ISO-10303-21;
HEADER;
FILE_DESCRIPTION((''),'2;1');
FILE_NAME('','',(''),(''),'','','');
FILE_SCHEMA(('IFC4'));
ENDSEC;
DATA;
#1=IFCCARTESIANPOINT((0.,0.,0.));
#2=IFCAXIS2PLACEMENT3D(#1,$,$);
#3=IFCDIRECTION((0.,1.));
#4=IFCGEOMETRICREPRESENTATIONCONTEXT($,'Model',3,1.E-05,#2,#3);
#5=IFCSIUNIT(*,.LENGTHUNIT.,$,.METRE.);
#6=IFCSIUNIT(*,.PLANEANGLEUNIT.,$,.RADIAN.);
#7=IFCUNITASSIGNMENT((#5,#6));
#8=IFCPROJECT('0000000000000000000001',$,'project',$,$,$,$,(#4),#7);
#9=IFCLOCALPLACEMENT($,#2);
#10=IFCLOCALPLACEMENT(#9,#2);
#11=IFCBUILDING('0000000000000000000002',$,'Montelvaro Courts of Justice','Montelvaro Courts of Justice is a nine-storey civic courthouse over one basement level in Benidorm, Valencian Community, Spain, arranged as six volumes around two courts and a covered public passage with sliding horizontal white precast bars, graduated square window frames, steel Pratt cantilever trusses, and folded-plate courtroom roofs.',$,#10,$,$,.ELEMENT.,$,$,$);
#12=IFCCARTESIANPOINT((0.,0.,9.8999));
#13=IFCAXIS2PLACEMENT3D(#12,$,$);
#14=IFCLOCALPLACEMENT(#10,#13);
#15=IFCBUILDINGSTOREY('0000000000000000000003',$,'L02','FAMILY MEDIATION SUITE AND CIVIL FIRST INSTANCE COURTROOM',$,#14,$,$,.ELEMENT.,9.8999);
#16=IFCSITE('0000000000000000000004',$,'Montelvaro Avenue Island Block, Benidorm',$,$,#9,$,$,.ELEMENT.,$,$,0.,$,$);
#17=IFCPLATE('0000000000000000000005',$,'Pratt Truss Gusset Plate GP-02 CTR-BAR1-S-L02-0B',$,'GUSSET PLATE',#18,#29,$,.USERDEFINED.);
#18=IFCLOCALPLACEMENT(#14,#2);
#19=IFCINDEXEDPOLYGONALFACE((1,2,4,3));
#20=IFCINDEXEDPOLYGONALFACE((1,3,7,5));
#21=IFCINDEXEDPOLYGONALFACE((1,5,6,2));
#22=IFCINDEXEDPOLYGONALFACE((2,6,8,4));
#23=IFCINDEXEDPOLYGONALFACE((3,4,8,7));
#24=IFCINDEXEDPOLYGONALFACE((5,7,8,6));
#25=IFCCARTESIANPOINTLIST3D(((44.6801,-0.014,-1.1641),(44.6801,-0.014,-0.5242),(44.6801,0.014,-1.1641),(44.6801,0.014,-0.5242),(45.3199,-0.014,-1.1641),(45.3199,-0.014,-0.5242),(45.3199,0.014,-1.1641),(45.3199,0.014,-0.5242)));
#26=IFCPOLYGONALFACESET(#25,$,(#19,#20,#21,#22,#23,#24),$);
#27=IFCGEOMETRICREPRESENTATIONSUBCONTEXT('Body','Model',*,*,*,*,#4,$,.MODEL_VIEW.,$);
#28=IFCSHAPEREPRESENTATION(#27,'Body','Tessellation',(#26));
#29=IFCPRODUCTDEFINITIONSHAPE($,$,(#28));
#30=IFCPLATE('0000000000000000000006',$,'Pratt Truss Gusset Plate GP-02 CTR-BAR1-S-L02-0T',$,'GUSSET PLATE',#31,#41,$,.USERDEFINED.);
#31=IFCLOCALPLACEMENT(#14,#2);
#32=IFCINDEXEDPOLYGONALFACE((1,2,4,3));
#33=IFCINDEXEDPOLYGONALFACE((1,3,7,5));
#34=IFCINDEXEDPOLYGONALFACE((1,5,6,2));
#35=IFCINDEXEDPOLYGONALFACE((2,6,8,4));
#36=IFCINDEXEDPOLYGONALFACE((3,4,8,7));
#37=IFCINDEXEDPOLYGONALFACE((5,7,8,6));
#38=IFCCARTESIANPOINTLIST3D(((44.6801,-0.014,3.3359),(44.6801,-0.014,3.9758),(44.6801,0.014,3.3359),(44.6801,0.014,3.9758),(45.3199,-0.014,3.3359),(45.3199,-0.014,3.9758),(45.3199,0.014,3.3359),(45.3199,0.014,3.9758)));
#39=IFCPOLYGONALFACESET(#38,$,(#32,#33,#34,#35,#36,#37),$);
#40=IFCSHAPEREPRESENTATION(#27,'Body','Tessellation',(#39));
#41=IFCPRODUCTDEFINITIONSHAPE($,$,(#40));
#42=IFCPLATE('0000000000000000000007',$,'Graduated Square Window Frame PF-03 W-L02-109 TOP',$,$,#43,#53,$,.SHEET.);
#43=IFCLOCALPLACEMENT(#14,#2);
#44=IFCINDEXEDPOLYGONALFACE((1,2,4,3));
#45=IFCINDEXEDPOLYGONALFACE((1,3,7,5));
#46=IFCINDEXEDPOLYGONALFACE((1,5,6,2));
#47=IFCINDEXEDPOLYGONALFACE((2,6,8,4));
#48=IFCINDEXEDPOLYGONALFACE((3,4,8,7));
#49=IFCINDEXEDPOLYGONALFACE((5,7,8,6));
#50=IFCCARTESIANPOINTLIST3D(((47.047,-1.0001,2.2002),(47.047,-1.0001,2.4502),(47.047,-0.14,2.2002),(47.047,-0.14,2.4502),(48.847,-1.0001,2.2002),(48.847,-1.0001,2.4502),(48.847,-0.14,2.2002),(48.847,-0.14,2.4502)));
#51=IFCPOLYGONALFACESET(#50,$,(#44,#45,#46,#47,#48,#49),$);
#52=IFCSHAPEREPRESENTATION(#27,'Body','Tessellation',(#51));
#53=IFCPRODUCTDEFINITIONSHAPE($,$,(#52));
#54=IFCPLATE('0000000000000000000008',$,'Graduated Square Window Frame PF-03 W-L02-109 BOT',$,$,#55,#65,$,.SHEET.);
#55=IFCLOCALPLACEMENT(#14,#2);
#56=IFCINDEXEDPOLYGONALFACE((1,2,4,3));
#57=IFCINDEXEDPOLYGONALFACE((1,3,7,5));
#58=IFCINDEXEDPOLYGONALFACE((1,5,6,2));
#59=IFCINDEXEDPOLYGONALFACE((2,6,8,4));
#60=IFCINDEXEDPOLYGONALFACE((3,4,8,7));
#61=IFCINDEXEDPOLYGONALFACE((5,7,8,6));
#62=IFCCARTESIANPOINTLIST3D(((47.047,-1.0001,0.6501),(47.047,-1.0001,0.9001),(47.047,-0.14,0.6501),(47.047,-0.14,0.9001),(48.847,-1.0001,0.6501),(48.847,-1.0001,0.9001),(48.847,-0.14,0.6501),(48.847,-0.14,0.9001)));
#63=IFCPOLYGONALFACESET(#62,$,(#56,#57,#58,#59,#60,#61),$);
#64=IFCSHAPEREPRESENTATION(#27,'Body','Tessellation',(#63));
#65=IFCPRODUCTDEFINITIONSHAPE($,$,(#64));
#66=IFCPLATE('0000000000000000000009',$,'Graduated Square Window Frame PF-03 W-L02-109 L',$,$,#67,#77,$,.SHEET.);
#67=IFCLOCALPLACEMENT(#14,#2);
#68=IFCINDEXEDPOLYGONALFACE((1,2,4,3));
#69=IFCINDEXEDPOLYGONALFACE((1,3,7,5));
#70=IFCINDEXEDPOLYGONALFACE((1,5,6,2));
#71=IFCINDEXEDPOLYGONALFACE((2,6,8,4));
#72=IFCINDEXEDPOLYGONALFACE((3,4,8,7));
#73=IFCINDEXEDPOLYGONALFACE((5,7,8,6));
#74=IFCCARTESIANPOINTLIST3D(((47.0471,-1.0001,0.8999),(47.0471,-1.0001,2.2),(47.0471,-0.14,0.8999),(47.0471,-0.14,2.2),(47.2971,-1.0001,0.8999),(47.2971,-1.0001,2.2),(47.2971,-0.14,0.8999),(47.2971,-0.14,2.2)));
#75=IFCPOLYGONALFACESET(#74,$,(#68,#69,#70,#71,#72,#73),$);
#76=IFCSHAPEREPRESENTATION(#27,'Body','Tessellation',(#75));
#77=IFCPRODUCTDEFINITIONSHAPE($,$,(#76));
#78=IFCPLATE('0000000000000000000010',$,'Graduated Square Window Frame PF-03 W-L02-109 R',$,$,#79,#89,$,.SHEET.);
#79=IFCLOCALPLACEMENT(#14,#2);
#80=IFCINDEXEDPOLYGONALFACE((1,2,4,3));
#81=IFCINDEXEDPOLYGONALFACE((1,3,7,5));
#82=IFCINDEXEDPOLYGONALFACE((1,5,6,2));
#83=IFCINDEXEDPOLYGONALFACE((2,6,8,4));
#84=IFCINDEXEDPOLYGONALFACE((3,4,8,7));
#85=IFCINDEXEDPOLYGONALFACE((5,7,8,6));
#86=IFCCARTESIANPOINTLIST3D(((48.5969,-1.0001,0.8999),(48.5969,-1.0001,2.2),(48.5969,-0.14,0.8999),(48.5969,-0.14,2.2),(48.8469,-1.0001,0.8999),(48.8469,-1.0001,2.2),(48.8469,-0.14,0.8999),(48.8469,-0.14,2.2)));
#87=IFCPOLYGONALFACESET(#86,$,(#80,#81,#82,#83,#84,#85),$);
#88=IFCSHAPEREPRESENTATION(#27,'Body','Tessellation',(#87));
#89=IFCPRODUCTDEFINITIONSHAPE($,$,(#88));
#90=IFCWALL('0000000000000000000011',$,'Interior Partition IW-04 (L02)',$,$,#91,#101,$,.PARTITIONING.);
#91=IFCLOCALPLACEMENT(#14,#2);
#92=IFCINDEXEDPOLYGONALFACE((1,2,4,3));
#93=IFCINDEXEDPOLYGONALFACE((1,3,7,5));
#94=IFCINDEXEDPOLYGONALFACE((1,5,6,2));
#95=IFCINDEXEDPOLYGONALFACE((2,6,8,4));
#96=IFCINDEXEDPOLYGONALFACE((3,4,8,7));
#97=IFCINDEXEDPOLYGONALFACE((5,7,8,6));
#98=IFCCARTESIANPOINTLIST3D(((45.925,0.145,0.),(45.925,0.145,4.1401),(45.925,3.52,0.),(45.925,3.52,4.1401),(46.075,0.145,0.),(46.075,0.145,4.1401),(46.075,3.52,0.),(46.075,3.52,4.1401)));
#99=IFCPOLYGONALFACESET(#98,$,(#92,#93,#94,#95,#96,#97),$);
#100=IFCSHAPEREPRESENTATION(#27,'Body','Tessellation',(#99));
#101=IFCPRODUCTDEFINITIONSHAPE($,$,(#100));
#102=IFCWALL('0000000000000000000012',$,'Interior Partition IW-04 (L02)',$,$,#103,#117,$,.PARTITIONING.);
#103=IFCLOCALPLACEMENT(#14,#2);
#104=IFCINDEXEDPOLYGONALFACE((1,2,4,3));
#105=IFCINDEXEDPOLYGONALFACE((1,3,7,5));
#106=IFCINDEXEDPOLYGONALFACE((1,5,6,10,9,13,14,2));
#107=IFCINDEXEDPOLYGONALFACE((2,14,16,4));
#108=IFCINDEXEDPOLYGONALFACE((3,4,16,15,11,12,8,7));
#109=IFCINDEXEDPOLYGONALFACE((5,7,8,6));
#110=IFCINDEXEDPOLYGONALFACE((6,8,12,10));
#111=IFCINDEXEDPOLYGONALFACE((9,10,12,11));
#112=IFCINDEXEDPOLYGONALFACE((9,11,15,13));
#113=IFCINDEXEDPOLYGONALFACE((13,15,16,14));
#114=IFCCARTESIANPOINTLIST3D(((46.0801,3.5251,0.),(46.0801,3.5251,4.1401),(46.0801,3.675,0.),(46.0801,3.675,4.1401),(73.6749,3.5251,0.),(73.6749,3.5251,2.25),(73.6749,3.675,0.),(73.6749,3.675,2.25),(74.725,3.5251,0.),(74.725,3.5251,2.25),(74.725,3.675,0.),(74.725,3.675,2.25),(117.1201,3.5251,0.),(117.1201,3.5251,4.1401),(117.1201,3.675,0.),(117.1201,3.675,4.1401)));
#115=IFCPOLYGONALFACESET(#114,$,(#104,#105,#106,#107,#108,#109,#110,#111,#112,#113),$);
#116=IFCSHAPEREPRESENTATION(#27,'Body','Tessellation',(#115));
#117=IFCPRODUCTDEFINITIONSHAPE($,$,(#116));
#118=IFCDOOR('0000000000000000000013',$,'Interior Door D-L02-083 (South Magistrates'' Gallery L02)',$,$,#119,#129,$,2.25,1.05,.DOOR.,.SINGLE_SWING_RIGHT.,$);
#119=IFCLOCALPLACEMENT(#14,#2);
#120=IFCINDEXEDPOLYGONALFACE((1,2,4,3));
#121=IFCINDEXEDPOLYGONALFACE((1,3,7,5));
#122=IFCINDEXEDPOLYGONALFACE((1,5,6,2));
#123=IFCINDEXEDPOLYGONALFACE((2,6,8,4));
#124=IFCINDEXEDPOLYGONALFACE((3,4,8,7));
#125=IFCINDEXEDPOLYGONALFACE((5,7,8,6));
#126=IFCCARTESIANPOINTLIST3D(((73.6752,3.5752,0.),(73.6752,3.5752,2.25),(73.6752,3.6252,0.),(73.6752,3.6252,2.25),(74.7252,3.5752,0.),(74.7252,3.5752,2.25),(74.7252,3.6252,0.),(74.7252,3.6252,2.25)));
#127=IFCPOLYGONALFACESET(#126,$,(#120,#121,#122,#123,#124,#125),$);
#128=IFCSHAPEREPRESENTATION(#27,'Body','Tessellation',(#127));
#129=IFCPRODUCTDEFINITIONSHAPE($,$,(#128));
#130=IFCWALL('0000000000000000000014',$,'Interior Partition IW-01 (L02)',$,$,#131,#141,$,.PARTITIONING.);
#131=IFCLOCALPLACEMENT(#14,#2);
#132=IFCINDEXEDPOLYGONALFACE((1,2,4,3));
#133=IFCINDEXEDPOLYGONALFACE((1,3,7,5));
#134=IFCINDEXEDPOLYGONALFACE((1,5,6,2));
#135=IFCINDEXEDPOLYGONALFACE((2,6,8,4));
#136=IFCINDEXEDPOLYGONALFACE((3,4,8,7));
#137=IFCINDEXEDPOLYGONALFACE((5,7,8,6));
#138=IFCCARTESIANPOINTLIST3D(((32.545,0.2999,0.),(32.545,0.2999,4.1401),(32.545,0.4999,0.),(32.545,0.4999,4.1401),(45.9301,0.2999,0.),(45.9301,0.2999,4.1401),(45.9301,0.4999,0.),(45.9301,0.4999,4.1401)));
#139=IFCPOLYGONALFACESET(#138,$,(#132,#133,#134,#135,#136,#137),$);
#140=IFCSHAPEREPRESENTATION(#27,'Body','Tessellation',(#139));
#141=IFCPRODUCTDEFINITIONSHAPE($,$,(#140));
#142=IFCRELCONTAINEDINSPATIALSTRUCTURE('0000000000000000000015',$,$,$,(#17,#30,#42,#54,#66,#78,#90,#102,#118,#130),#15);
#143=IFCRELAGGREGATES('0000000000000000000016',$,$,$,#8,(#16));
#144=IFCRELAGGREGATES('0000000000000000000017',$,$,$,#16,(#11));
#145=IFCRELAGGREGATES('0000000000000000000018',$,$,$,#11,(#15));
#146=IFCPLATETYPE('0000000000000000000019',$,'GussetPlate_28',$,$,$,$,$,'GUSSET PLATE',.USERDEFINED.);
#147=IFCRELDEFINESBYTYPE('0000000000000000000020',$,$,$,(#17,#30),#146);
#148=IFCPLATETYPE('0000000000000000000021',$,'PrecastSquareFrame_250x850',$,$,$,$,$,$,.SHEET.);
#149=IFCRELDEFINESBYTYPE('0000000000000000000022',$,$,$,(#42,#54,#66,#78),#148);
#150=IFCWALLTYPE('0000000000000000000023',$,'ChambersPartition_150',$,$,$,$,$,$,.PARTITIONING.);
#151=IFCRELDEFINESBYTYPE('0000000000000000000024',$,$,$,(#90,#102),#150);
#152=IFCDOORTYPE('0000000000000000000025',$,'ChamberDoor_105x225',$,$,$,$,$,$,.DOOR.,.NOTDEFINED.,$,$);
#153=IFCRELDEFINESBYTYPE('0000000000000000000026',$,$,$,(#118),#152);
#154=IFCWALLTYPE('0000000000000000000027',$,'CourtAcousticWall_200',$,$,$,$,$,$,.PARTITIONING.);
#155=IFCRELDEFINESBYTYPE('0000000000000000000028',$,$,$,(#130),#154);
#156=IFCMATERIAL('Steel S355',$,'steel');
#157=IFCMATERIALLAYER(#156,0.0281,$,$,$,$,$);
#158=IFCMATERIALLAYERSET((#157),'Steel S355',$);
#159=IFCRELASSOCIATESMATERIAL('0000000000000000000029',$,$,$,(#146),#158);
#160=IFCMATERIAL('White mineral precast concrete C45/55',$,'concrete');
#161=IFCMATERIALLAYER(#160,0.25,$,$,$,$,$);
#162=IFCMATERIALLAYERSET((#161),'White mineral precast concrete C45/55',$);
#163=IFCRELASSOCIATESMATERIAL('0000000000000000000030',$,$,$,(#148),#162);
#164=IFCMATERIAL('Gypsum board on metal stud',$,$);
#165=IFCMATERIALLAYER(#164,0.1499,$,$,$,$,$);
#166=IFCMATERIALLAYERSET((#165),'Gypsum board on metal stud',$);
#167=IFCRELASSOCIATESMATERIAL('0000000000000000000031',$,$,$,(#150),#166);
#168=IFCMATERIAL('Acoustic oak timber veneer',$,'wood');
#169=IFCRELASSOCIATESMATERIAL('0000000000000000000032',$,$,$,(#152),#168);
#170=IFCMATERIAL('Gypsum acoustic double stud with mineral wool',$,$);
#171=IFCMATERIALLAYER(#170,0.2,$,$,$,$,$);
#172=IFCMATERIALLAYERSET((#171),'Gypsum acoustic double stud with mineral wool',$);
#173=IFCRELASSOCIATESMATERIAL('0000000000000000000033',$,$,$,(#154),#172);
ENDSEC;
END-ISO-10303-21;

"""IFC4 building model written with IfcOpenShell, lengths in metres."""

from ifc_helpers import new_model, si_unit, direction, frame, frame_2d, origin, origin_2d, place, context, subcontext, project, spatial, rectangle, extrude, material, layer, layer_set, type_object, element, fill, save


model = new_model("IFC4")

# Units and contexts
model_context = context("Model", 3, precision=1e-05, world=origin(), true_north=direction((0.0, 1.0)))
body_context = subcontext(model_context, "Body", "Model", "MODEL_VIEW")
ifc_project = project(units=[si_unit("LENGTHUNIT", "METRE"), si_unit("PLANEANGLEUNIT", "RADIAN")], contexts=[model_context])

# Site, building, storey
site_placement = place(None, origin())
site = spatial("IfcSite", under=ifc_project, at=site_placement, Name="Montelvaro Avenue Island Block, Benidorm", CompositionType="ELEMENT", RefElevation=0.0)
building_placement = place(site_placement, origin())
building = spatial("IfcBuilding", under=site, at=building_placement, Name="Montelvaro Courts of Justice", Description="Montelvaro Courts of Justice is a nine-storey civic courthouse over one basement level in Benidorm, Valencian Community, Spain, arranged as six volumes around two courts and a covered public passage with sliding horizontal white precast bars, graduated square window frames, steel Pratt cantilever trusses, and folded-plate courtroom roofs.", CompositionType="ELEMENT")
storey_placement = place(building_placement, frame((0.0, 0.0, 9.8999)))
storey = spatial("IfcBuildingStorey", under=building, at=storey_placement, Name="L02", Description="FAMILY MEDIATION SUITE AND CIVIL FIRST INSTANCE COURTROOM", CompositionType="ELEMENT", Elevation=9.8999)

# Shared definitions
ifc_material_1 = material(Name="Steel S355", Category="steel")

# Plates
ifc_layer_1 = layer(ifc_material_1, 0.0281)
ifc_layer_set_1 = layer_set([ifc_layer_1], Name="Steel S355")
plate_type_1 = type_object("IfcPlateType", Name="GussetPlate_28", ElementType="GUSSET PLATE", PredefinedType="USERDEFINED", material=ifc_layer_set_1)
for number, where, z_axis, x_axis, name in (
    (1, (45.0, 0.0, -1.1641), (0.0, 0.0, 1.0), (1.0, 0.0, 0.0), "Pratt Truss Gusset Plate GP-02 CTR-BAR1-S-L02-0B"),
    (2, (45.0, 0.0, 3.3359), (0.0, 0.0, 1.0), (1.0, 0.0, 0.0), "Pratt Truss Gusset Plate GP-02 CTR-BAR1-S-L02-0T"),
):
    element("IfcPlate", number, at=place(storey_placement, frame(where, z_axis=z_axis, x_axis=x_axis)), inside=storey, type_object=plate_type_1, Name=name, ObjectType="GUSSET PLATE", PredefinedType="USERDEFINED", context=body_context, shape_type="SweptSolid", body=[
        extrude(rectangle(XDim=0.6399, YDim=0.0281, at=origin_2d()), origin(), (0.0, 0.0, 1.0), 0.6399),
    ])
ifc_material_2 = material(Name="White mineral precast concrete C45/55", Category="concrete")
ifc_layer_2 = layer(ifc_material_2, 0.25)
ifc_layer_set_2 = layer_set([ifc_layer_2], Name="White mineral precast concrete C45/55")
plate_type_2 = type_object("IfcPlateType", Name="PrecastSquareFrame_250x850", PredefinedType="SHEET", material=ifc_layer_set_2)
for number, where, z_axis, x_axis, name in (
    (3, (47.947, -0.5701, 2.2002), (0.0, 0.0, 1.0), (1.0, 0.0, 0.0), "Graduated Square Window Frame PF-03 W-L02-109 TOP"),
    (4, (47.947, -0.5701, 0.6501), (0.0, 0.0, 1.0), (1.0, 0.0, 0.0), "Graduated Square Window Frame PF-03 W-L02-109 BOT"),
):
    element("IfcPlate", number, at=place(storey_placement, frame(where, z_axis=z_axis, x_axis=x_axis)), inside=storey, type_object=plate_type_2, Name=name, PredefinedType="SHEET", context=body_context, shape_type="SweptSolid", body=[
        extrude(rectangle(XDim=1.8, YDim=0.8601, at=origin_2d()), origin(), (0.0, 0.0, 1.0), 0.25),
    ])
for number, where, z_axis, x_axis, name in (
    (5, (47.1721, -0.5701, 0.8999), (0.0, 0.0, 1.0), (1.0, 0.0, 0.0), "Graduated Square Window Frame PF-03 W-L02-109 L"),
    (6, (48.7219, -0.5701, 0.8999), (0.0, 0.0, 1.0), (1.0, 0.0, 0.0), "Graduated Square Window Frame PF-03 W-L02-109 R"),
):
    element("IfcPlate", number, at=place(storey_placement, frame(where, z_axis=z_axis, x_axis=x_axis)), inside=storey, type_object=plate_type_2, Name=name, PredefinedType="SHEET", context=body_context, shape_type="SweptSolid", body=[
        extrude(rectangle(XDim=0.25, YDim=0.8601, at=origin_2d()), origin(), (0.0, 0.0, 1.0), 1.3),
    ])

# Wall
ifc_material_3 = material(Name="Gypsum board on metal stud")
ifc_layer_3 = layer(ifc_material_3, 0.1499)
ifc_layer_set_3 = layer_set([ifc_layer_3], Name="Gypsum board on metal stud")
wall_type_1 = type_object("IfcWallType", Name="ChambersPartition_150", PredefinedType="PARTITIONING", material=ifc_layer_set_3)
wall_1_placement = place(storey_placement, frame((46.0, 0.145, 0.0), z_axis=(0.0, 0.0, 1.0), x_axis=(0.0, 1.0, 0.0)))
element("IfcWall", 7, at=wall_1_placement, inside=storey, type_object=wall_type_1, Name="Interior Partition IW-04 (L02)", PredefinedType="PARTITIONING", context=body_context, shape_type="SweptSolid", body=[
    extrude(rectangle(XDim=3.375, YDim=0.1499, at=frame_2d((1.6875, 0.0))), origin(), (0.0, 0.0, 1.0), 4.1401),
])

# Wall, opening, door
wall_2_placement = place(storey_placement, frame((46.0801, 3.6001, 0.0), z_axis=(0.0, 0.0, 1.0), x_axis=(1.0, 0.0, 0.0)))
wall_2 = element("IfcWall", 8, at=wall_2_placement, inside=storey, type_object=wall_type_1, Name="Interior Partition IW-04 (L02)", PredefinedType="PARTITIONING", context=body_context, shape_type="SweptSolid", body=[
    extrude(rectangle(XDim=71.04, YDim=0.1499, at=frame_2d((35.52, 0.0))), origin(), (0.0, 0.0, 1.0), 4.1401),
])
opening_1_placement = place(wall_2_placement, frame((27.595, 0.0, 0.0)))
opening_1 = element("IfcOpeningElement", 9, at=opening_1_placement, cuts=wall_2, PredefinedType="OPENING", context=body_context, shape_type="SweptSolid", body=[
    extrude(rectangle(XDim=1.05, YDim=2.25, at=frame_2d((0.5249, 1.125))), frame((0.0, 0.0898, 0.0), z_axis=(0.0, -1.0, 0.0), x_axis=(1.0, 0.0, 0.0)), (0.0, 0.0, 1.0), 0.1797),
])
ifc_material_4 = material(Name="Acoustic oak timber veneer", Category="wood")
door_type_1 = type_object("IfcDoorType", Name="ChamberDoor_105x225", OperationType="NOTDEFINED", PredefinedType="DOOR", material=ifc_material_4)
door_1_placement = place(opening_1_placement, frame((1.05, 0.0, 0.0), z_axis=(0.0, 0.0, 1.0), x_axis=(-1.0, 0.0, 0.0)))
door_1 = element("IfcDoor", 10, at=door_1_placement, inside=storey, type_object=door_type_1, Name="Interior Door D-L02-083 (South Magistrates' Gallery L02)", OperationType="SINGLE_SWING_RIGHT", OverallHeight=2.25, OverallWidth=1.05, PredefinedType="DOOR", context=body_context, shape_type="SweptSolid", body=[
    extrude(rectangle(XDim=1.05, YDim=2.25, at=frame_2d((0.5249, 1.125))), frame((0.0, 0.0249, 0.0), z_axis=(0.0, -1.0, 0.0), x_axis=(1.0, 0.0, 0.0)), (0.0, 0.0, 1.0), 0.05),
])
fill(opening_1, door_1)

# Wall
ifc_material_5 = material(Name="Gypsum acoustic double stud with mineral wool")
ifc_layer_4 = layer(ifc_material_5, 0.2)
ifc_layer_set_4 = layer_set([ifc_layer_4], Name="Gypsum acoustic double stud with mineral wool")
wall_type_2 = type_object("IfcWallType", Name="CourtAcousticWall_200", PredefinedType="PARTITIONING", material=ifc_layer_set_4)
wall_3_placement = place(storey_placement, frame((45.9299, 0.3999, 0.0), z_axis=(0.0, 0.0, 1.0), x_axis=(-1.0, 0.0, 0.0)))
element("IfcWall", 11, at=wall_3_placement, inside=storey, type_object=wall_type_2, Name="Interior Partition IW-01 (L02)", PredefinedType="PARTITIONING", context=body_context, shape_type="SweptSolid", body=[
    extrude(rectangle(XDim=13.385, YDim=0.2, at=frame_2d((6.6924, 0.0))), origin(), (0.0, 0.0, 1.0), 4.1401),
])

save(model, "model.ifc")
